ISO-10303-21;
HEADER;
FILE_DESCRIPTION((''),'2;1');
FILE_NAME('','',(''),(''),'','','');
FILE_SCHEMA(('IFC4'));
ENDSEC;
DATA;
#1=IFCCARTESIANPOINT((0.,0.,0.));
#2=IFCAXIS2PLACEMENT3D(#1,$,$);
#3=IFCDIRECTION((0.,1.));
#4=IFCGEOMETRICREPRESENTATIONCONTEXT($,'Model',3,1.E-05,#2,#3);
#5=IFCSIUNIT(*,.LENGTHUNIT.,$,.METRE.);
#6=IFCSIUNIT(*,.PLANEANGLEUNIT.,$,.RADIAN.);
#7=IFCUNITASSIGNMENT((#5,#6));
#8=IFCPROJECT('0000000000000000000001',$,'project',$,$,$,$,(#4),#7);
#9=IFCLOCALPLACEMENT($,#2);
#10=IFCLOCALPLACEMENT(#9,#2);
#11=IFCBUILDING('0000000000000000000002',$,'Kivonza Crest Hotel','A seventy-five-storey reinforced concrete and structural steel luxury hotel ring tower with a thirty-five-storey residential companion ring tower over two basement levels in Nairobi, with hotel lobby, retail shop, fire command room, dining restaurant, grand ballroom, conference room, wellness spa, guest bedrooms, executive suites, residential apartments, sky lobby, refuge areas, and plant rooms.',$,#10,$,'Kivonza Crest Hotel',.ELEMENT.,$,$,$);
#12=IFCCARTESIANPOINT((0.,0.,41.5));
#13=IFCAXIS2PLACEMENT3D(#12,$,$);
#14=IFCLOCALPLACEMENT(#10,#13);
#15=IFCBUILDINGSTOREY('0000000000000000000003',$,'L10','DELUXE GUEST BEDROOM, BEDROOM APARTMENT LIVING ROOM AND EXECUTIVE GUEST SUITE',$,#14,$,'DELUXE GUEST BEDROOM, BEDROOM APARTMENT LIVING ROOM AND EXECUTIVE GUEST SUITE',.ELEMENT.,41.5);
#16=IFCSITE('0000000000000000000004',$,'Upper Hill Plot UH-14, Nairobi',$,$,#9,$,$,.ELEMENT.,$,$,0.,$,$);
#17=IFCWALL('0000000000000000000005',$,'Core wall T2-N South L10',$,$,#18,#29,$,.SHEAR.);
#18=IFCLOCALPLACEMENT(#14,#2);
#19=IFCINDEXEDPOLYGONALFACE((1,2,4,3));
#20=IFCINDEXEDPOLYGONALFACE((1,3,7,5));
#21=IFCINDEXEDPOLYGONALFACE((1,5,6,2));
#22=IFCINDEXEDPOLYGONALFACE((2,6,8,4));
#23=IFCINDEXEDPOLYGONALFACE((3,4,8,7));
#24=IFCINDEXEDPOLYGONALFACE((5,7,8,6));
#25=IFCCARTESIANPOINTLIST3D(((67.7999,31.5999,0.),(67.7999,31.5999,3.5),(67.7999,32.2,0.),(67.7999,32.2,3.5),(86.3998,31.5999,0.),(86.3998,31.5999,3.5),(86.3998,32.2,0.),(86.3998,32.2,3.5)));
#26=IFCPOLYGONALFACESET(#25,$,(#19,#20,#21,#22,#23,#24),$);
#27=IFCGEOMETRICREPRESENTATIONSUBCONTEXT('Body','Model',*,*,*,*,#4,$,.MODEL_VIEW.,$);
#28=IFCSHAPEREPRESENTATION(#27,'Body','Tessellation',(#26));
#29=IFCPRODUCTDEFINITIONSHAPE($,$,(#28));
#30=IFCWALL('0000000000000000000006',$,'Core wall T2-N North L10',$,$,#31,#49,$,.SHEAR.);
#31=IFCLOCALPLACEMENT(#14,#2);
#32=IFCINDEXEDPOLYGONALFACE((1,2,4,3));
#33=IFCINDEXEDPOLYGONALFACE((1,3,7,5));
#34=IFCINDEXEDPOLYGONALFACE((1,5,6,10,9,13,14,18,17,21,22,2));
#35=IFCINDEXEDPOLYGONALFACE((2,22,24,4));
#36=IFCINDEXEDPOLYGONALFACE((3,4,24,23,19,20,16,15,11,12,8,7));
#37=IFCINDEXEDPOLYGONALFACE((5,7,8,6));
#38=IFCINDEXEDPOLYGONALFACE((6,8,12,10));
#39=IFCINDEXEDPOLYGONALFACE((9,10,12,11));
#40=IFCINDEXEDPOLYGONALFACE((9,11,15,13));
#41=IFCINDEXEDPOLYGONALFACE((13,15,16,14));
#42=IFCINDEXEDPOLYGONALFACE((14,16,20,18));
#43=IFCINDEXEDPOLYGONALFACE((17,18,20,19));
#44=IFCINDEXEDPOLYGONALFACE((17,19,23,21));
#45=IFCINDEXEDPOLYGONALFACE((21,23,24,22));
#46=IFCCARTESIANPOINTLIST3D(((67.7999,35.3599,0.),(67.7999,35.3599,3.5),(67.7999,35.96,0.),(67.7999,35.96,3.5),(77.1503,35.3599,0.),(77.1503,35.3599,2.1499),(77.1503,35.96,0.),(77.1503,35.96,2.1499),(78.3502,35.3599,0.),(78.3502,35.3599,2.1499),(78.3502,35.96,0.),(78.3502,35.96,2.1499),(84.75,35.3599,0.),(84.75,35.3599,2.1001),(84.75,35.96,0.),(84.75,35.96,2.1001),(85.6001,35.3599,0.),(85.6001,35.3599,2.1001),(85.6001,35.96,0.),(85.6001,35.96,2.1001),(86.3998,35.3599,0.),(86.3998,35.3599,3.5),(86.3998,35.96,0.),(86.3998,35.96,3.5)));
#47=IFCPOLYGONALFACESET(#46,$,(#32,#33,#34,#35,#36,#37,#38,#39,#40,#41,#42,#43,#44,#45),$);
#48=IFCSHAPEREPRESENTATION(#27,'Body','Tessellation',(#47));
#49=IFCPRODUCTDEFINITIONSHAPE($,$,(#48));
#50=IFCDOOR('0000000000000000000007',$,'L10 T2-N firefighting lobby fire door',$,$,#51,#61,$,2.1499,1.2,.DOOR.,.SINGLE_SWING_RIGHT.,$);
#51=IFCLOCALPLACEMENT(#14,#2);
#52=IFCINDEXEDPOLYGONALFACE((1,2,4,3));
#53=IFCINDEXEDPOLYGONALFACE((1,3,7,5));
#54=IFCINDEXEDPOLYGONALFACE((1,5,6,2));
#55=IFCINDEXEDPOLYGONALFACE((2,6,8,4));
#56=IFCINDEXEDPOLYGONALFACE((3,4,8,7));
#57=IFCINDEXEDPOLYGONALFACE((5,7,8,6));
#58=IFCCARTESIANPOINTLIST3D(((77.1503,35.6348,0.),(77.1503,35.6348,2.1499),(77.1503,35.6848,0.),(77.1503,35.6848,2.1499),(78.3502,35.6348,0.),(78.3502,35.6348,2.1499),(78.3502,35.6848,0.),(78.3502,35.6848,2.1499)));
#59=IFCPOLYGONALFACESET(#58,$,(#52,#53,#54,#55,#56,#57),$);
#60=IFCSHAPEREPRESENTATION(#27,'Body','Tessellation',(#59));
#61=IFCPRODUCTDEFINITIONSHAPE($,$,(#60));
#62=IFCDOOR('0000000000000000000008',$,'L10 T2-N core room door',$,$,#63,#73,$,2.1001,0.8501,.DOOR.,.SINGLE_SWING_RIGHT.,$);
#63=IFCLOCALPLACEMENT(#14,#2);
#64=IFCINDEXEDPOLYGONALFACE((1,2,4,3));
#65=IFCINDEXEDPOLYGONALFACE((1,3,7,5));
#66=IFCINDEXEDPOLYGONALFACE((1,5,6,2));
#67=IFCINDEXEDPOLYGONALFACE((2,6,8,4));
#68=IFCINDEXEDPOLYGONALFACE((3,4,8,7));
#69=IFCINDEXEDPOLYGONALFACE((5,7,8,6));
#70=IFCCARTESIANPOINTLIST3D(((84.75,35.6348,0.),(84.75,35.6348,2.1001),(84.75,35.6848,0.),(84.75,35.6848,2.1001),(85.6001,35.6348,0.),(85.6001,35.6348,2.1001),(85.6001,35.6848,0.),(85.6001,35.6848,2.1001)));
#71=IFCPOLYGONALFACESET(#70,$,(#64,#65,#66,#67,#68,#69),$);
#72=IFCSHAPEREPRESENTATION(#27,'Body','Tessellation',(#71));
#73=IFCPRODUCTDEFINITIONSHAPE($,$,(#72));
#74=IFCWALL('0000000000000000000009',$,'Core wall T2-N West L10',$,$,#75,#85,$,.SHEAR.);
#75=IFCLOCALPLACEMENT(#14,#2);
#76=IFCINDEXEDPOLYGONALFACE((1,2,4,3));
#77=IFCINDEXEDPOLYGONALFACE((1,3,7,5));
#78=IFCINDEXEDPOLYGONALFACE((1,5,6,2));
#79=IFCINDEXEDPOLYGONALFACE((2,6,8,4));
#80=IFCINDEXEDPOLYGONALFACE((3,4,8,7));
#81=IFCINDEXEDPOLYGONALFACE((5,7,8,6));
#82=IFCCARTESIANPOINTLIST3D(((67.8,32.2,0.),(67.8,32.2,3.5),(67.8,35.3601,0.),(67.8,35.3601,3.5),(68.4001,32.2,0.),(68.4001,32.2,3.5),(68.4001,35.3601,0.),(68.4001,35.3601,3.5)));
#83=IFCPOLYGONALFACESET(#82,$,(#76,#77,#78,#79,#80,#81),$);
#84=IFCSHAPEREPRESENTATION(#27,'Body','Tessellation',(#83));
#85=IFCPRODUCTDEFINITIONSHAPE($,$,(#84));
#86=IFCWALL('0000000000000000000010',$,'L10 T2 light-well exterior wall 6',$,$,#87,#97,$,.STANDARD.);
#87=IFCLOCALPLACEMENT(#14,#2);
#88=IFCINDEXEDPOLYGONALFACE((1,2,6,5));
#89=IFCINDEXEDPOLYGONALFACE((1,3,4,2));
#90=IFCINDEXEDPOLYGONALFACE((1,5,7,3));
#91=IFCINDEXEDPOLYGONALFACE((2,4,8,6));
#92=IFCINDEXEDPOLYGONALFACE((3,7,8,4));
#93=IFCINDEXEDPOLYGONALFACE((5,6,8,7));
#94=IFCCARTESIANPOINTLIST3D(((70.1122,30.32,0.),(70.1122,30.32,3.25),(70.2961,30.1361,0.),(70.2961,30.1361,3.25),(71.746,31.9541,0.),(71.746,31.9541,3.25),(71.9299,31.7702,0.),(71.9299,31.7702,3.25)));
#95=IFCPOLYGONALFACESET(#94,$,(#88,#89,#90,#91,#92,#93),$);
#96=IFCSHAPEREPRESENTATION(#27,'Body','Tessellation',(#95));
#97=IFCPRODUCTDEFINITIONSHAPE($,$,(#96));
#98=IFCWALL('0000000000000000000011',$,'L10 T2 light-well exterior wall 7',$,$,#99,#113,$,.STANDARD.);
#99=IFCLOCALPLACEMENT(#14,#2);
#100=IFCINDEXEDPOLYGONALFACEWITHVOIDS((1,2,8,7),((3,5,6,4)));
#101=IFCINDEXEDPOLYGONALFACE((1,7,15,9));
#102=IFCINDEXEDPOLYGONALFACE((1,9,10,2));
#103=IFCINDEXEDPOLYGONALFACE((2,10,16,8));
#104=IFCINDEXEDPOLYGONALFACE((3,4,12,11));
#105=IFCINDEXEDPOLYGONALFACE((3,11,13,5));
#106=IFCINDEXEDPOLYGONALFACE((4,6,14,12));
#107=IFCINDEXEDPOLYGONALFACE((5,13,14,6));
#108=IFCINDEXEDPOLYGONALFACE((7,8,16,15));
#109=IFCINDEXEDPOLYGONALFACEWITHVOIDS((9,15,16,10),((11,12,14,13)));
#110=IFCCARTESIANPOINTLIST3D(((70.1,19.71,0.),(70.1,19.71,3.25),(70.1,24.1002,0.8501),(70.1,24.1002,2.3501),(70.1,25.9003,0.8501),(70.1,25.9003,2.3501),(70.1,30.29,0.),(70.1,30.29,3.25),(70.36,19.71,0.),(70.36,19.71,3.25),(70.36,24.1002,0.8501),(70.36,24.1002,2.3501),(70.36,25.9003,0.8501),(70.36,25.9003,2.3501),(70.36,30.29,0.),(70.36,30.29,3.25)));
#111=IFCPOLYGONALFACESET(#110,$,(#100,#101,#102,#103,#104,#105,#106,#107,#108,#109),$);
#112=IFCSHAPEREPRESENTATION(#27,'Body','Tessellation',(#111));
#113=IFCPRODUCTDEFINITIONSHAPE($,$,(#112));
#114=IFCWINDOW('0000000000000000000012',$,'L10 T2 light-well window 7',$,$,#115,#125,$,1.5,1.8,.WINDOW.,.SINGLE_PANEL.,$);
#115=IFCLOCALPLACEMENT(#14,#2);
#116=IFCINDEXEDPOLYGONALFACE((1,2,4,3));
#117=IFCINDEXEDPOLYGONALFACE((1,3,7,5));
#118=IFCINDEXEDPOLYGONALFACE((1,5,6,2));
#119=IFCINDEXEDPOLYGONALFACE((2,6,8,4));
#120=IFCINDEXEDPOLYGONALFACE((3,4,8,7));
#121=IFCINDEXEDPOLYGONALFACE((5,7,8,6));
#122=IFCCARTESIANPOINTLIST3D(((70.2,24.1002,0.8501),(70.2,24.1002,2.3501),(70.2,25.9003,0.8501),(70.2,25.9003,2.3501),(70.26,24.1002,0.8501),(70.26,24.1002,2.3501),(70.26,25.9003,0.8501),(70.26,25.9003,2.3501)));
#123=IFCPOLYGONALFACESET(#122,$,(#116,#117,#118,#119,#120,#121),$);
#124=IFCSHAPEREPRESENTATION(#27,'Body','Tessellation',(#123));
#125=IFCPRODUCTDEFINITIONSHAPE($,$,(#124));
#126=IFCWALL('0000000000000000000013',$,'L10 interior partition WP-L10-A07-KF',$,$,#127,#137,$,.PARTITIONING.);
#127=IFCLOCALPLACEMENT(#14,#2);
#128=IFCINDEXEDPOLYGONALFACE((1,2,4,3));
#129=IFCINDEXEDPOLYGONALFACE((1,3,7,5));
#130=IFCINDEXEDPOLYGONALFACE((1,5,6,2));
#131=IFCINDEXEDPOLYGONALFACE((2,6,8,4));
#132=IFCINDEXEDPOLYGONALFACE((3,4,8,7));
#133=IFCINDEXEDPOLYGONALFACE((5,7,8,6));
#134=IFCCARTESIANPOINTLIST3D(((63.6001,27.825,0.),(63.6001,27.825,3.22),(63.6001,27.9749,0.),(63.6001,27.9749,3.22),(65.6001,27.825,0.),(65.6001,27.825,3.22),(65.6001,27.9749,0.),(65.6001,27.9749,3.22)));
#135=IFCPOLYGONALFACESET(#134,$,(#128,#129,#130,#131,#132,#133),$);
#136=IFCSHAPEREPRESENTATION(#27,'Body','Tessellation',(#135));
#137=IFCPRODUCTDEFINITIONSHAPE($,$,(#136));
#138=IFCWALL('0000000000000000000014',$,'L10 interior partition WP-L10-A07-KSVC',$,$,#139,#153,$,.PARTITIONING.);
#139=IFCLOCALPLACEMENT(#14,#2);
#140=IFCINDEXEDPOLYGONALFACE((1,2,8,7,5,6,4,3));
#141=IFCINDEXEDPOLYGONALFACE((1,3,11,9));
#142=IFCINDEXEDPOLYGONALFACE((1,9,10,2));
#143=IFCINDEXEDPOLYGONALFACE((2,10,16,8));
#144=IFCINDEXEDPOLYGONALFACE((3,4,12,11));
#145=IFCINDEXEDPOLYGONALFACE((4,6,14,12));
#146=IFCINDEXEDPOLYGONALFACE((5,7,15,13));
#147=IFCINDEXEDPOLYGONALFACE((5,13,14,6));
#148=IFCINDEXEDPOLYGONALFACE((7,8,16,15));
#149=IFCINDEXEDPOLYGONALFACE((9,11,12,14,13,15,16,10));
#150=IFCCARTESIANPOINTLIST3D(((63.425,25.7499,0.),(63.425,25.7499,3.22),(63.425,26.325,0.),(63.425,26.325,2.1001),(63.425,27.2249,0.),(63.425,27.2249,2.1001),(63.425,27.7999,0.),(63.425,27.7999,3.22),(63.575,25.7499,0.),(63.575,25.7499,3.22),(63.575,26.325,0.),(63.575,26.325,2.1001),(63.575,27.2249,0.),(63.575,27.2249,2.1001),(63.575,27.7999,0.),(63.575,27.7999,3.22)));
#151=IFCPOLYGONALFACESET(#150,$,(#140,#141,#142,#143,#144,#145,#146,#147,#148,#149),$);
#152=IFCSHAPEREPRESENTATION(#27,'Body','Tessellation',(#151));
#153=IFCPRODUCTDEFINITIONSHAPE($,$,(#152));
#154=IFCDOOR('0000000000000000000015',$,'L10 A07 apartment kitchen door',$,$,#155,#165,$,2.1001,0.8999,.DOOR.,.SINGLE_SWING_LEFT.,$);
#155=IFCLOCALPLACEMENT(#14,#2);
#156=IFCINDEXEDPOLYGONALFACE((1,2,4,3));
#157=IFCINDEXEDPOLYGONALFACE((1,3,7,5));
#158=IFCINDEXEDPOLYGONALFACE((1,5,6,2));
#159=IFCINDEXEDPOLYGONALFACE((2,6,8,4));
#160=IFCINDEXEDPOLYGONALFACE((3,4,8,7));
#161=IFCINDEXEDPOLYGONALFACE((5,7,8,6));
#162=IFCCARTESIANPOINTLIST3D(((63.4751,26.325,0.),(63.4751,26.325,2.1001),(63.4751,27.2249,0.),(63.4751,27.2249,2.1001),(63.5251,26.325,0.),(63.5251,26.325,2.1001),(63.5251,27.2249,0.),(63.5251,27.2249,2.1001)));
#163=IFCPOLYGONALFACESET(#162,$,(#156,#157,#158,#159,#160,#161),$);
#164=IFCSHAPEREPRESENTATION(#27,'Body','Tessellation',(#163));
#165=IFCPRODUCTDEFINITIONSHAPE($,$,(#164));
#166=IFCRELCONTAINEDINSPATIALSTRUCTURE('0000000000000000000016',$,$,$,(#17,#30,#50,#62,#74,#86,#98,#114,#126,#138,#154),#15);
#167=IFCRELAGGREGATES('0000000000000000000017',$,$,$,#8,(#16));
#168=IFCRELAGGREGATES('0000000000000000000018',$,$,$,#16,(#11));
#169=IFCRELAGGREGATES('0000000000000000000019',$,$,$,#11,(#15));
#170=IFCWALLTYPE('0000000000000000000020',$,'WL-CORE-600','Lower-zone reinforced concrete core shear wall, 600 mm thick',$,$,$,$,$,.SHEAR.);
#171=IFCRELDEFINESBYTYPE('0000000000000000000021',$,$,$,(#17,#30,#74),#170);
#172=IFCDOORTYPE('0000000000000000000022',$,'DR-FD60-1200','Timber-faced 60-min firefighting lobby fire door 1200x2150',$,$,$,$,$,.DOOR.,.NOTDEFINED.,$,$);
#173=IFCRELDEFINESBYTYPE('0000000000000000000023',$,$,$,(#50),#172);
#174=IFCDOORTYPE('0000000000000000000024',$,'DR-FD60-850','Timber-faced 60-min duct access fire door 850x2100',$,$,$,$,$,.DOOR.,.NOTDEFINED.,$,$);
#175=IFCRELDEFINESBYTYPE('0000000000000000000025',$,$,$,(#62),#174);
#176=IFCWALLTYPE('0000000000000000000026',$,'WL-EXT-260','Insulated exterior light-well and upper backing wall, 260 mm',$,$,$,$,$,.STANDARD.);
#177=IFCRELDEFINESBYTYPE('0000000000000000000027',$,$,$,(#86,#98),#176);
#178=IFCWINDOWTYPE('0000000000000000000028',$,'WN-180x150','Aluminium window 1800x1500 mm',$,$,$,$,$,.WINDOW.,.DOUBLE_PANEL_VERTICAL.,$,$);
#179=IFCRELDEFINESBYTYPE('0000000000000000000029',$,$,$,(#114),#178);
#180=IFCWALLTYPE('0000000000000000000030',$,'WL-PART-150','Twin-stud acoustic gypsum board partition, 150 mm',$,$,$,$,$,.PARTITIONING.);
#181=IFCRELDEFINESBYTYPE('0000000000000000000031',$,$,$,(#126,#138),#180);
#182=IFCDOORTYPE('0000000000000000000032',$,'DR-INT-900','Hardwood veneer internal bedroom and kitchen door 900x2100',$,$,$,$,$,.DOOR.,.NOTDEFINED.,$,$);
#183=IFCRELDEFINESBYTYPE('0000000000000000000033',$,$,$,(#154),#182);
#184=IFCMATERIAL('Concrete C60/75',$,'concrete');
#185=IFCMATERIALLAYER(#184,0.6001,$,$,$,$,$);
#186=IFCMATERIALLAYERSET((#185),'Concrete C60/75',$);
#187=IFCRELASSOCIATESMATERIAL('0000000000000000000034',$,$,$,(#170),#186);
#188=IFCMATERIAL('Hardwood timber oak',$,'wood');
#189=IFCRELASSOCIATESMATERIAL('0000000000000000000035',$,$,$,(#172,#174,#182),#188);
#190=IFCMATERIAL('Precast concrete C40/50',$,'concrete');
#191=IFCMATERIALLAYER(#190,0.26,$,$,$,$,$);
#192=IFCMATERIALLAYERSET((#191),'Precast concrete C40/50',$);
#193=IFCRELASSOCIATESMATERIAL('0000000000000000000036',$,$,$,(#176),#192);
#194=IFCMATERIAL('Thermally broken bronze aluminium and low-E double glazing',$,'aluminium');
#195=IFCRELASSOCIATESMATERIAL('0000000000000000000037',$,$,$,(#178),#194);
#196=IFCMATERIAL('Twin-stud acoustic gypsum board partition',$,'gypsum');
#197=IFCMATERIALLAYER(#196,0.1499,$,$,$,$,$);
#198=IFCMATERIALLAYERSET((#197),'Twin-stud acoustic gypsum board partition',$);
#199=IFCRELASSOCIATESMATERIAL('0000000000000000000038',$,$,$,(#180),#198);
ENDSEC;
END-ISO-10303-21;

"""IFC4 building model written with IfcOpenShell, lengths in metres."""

from ifc_helpers import new_model, si_unit, direction, frame, frame_2d, origin, place, context, subcontext, project, spatial, rectangle, extrude, material, layer, layer_set, type_object, element, fill, save


model = new_model("IFC4")

# Units and contexts
model_context = context("Model", 3, precision=1e-05, world=origin(), true_north=direction((0.0, 1.0)))
body_context = subcontext(model_context, "Body", "Model", "MODEL_VIEW")
ifc_project = project(units=[si_unit("LENGTHUNIT", "METRE"), si_unit("PLANEANGLEUNIT", "RADIAN")], contexts=[model_context])

# Site, building, storey
site_placement = place(None, origin())
site = spatial("IfcSite", under=ifc_project, at=site_placement, Name="Upper Hill Plot UH-14, Nairobi", CompositionType="ELEMENT", RefElevation=0.0)
building_placement = place(site_placement, origin())
building = spatial("IfcBuilding", under=site, at=building_placement, Name="Kivonza Crest Hotel", Description="A seventy-five-storey reinforced concrete and structural steel luxury hotel ring tower with a thirty-five-storey residential companion ring tower over two basement levels in Nairobi, with hotel lobby, retail shop, fire command room, dining restaurant, grand ballroom, conference room, wellness spa, guest bedrooms, executive suites, residential apartments, sky lobby, refuge areas, and plant rooms.", LongName="Kivonza Crest Hotel", CompositionType="ELEMENT")
storey_placement = place(building_placement, frame((0.0, 0.0, 41.5)))
storey = spatial("IfcBuildingStorey", under=building, at=storey_placement, Name="L10", Description="DELUXE GUEST BEDROOM, BEDROOM APARTMENT LIVING ROOM AND EXECUTIVE GUEST SUITE", LongName="DELUXE GUEST BEDROOM, BEDROOM APARTMENT LIVING ROOM AND EXECUTIVE GUEST SUITE", CompositionType="ELEMENT", Elevation=41.5)

# Shared definitions
ifc_material_1 = material(Name="Hardwood timber oak", Category="wood")

# Wall
ifc_material_2 = material(Name="Concrete C60/75", Category="concrete")
ifc_layer_1 = layer(ifc_material_2, 0.6001)
ifc_layer_set_1 = layer_set([ifc_layer_1], Name="Concrete C60/75")
wall_type_1 = type_object("IfcWallType", Name="WL-CORE-600", Description="Lower-zone reinforced concrete core shear wall, 600 mm thick", PredefinedType="SHEAR", material=ifc_layer_set_1)
wall_1_placement = place(storey_placement, frame((67.8, 31.8999, 0.0), z_axis=(0.0, 0.0, 1.0), x_axis=(1.0, 0.0, 0.0)))
element("IfcWall", 1, at=wall_1_placement, inside=storey, type_object=wall_type_1, Name="Core wall T2-N South L10", PredefinedType="SHEAR", context=body_context, shape_type="SweptSolid", body=[
    extrude(rectangle(XDim=18.5999, YDim=0.6001, at=frame_2d((9.2998, 0.0))), origin(), (0.0, 0.0, 1.0), 3.5),
])

# Wall, openings, doors
wall_2_placement = place(storey_placement, frame((67.8, 35.6599, 0.0), z_axis=(0.0, 0.0, 1.0), x_axis=(1.0, 0.0, 0.0)))
wall_2 = element("IfcWall", 2, at=wall_2_placement, inside=storey, type_object=wall_type_1, Name="Core wall T2-N North L10", PredefinedType="SHEAR", context=body_context, shape_type="SweptSolid", body=[
    extrude(rectangle(XDim=18.5999, YDim=0.6001, at=frame_2d((9.2998, 0.0))), origin(), (0.0, 0.0, 1.0), 3.5),
])
opening_1_placement = place(wall_2_placement, frame((9.3501, 0.0, 0.0)))
opening_1 = element("IfcOpeningElement", 3, at=opening_1_placement, cuts=wall_2, PredefinedType="OPENING", context=body_context, shape_type="SweptSolid", body=[
    extrude(rectangle(XDim=1.2, YDim=2.1499, at=frame_2d((0.6001, 1.075))), frame((0.0, 0.3101, 0.0), z_axis=(0.0, -1.0, 0.0), x_axis=(1.0, 0.0, 0.0)), (0.0, 0.0, 1.0), 0.6201),
])
opening_2_placement = place(wall_2_placement, frame((16.95, 0.0, 0.0)))
opening_2 = element("IfcOpeningElement", 4, at=opening_2_placement, cuts=wall_2, PredefinedType="OPENING", context=body_context, shape_type="SweptSolid", body=[
    extrude(rectangle(XDim=0.8501, YDim=2.1001, at=frame_2d((0.425, 1.05))), frame((0.0, 0.3101, 0.0), z_axis=(0.0, -1.0, 0.0), x_axis=(1.0, 0.0, 0.0)), (0.0, 0.0, 1.0), 0.6201),
])
door_type_1 = type_object("IfcDoorType", Name="DR-FD60-1200", Description="Timber-faced 60-min firefighting lobby fire door 1200x2150", OperationType="NOTDEFINED", PredefinedType="DOOR", material=ifc_material_1)
door_1_placement = place(opening_1_placement, origin())
door_1 = element("IfcDoor", 5, at=door_1_placement, inside=storey, type_object=door_type_1, Name="L10 T2-N firefighting lobby fire door", OperationType="SINGLE_SWING_RIGHT", OverallHeight=2.1499, OverallWidth=1.2, PredefinedType="DOOR", context=body_context, shape_type="SweptSolid", body=[
    extrude(rectangle(XDim=1.2, YDim=2.1499, at=frame_2d((0.6001, 1.075))), frame((0.0, 0.0249, 0.0), z_axis=(0.0, -1.0, 0.0), x_axis=(1.0, 0.0, 0.0)), (0.0, 0.0, 1.0), 0.05),
])
fill(opening_1, door_1)
door_type_2 = type_object("IfcDoorType", Name="DR-FD60-850", Description="Timber-faced 60-min duct access fire door 850x2100", OperationType="NOTDEFINED", PredefinedType="DOOR", material=ifc_material_1)
door_2_placement = place(opening_2_placement, origin())
door_2 = element("IfcDoor", 6, at=door_2_placement, inside=storey, type_object=door_type_2, Name="L10 T2-N core room door", OperationType="SINGLE_SWING_RIGHT", OverallHeight=2.1001, OverallWidth=0.8501, PredefinedType="DOOR", context=body_context, shape_type="SweptSolid", body=[
    extrude(rectangle(XDim=0.8501, YDim=2.1001, at=frame_2d((0.425, 1.05))), frame((0.0, 0.0249, 0.0), z_axis=(0.0, -1.0, 0.0), x_axis=(1.0, 0.0, 0.0)), (0.0, 0.0, 1.0), 0.05),
])
fill(opening_2, door_2)

# Walls
wall_3_placement = place(storey_placement, frame((68.1001, 32.2, 0.0), z_axis=(0.0, 0.0, 1.0), x_axis=(0.0, 1.0, 0.0)))
element("IfcWall", 7, at=wall_3_placement, inside=storey, type_object=wall_type_1, Name="Core wall T2-N West L10", PredefinedType="SHEAR", context=body_context, shape_type="SweptSolid", body=[
    extrude(rectangle(XDim=3.1602, YDim=0.6001, at=frame_2d((1.5801, 0.0))), origin(), (0.0, 0.0, 1.0), 3.5),
])
ifc_material_3 = material(Name="Precast concrete C40/50", Category="concrete")
ifc_layer_2 = layer(ifc_material_3, 0.26)
ifc_layer_set_2 = layer_set([ifc_layer_2], Name="Precast concrete C40/50")
wall_type_2 = type_object("IfcWallType", Name="WL-EXT-260", Description="Insulated exterior light-well and upper backing wall, 260 mm", PredefinedType="STANDARD", material=ifc_layer_set_2)
wall_4_placement = place(storey_placement, frame((71.8379, 31.8621, 0.0), z_axis=(0.0, 0.0, 1.0), x_axis=(-0.707054, -0.70716, 0.0)))
element("IfcWall", 8, at=wall_4_placement, inside=storey, type_object=wall_type_2, Name="L10 T2 light-well exterior wall 6", PredefinedType="STANDARD", context=body_context, shape_type="SweptSolid", body=[
    extrude(rectangle(XDim=2.3108, YDim=0.26, at=frame_2d((1.1553, 0.0))), origin(), (0.0, 0.0, 1.0), 3.25),
])

# Wall, opening, window
wall_5_placement = place(storey_placement, frame((70.23, 30.29, 0.0), z_axis=(0.0, 0.0, 1.0), x_axis=(0.0, -1.0, 0.0)))
wall_5 = element("IfcWall", 9, at=wall_5_placement, inside=storey, type_object=wall_type_2, Name="L10 T2 light-well exterior wall 7", PredefinedType="STANDARD", context=body_context, shape_type="SweptSolid", body=[
    extrude(rectangle(XDim=10.5801, YDim=0.26, at=frame_2d((5.29, 0.0))), origin(), (0.0, 0.0, 1.0), 3.25),
])
opening_3_placement = place(wall_5_placement, frame((4.3899, 0.0, 0.8501)))
opening_3 = element("IfcOpeningElement", 10, at=opening_3_placement, cuts=wall_5, PredefinedType="OPENING", context=body_context, shape_type="SweptSolid", body=[
    extrude(rectangle(XDim=1.8, YDim=1.5, at=frame_2d((0.8999, 0.75))), frame((0.0, 0.1401, 0.0), z_axis=(0.0, -1.0, 0.0), x_axis=(1.0, 0.0, 0.0)), (0.0, 0.0, 1.0), 0.28),
])
ifc_material_4 = material(Name="Thermally broken bronze aluminium and low-E double glazing", Category="aluminium")
window_type = type_object("IfcWindowType", Name="WN-180x150", Description="Aluminium window 1800x1500 mm", PartitioningType="DOUBLE_PANEL_VERTICAL", PredefinedType="WINDOW", material=ifc_material_4)
window_placement = place(opening_3_placement, origin())
window = element("IfcWindow", 11, at=window_placement, inside=storey, type_object=window_type, Name="L10 T2 light-well window 7", OverallHeight=1.5, OverallWidth=1.8, PartitioningType="SINGLE_PANEL", PredefinedType="WINDOW", context=body_context, shape_type="SweptSolid", body=[
    extrude(rectangle(XDim=1.8, YDim=1.5, at=frame_2d((0.8999, 0.75))), frame((0.0, 0.03, 0.0), z_axis=(0.0, -1.0, 0.0), x_axis=(1.0, 0.0, 0.0)), (0.0, 0.0, 1.0), 0.0601),
])
fill(opening_3, window)

# Wall
ifc_material_5 = material(Name="Twin-stud acoustic gypsum board partition", Category="gypsum")
ifc_layer_3 = layer(ifc_material_5, 0.1499)
ifc_layer_set_3 = layer_set([ifc_layer_3], Name="Twin-stud acoustic gypsum board partition")
wall_type_3 = type_object("IfcWallType", Name="WL-PART-150", Description="Twin-stud acoustic gypsum board partition, 150 mm", PredefinedType="PARTITIONING", material=ifc_layer_set_3)
wall_6_placement = place(storey_placement, frame((63.6001, 27.8999, 0.0), z_axis=(0.0, 0.0, 1.0), x_axis=(1.0, 0.0, 0.0)))
element("IfcWall", 12, at=wall_6_placement, inside=storey, type_object=wall_type_3, Name="L10 interior partition WP-L10-A07-KF", PredefinedType="PARTITIONING", context=body_context, shape_type="SweptSolid", body=[
    extrude(rectangle(XDim=2.0, YDim=0.1499, at=frame_2d((1.0, 0.0))), origin(), (0.0, 0.0, 1.0), 3.22),
])

# Wall, opening, door
wall_7_placement = place(storey_placement, frame((63.5, 25.75, 0.0), z_axis=(0.0, 0.0, 1.0), x_axis=(0.0, 1.0, 0.0)))
wall_7 = element("IfcWall", 13, at=wall_7_placement, inside=storey, type_object=wall_type_3, Name="L10 interior partition WP-L10-A07-KSVC", PredefinedType="PARTITIONING", context=body_context, shape_type="SweptSolid", body=[
    extrude(rectangle(XDim=2.05, YDim=0.1499, at=frame_2d((1.0249, 0.0))), origin(), (0.0, 0.0, 1.0), 3.22),
])
opening_4_placement = place(wall_7_placement, frame((0.575, 0.0, 0.0)))
opening_4 = element("IfcOpeningElement", 14, at=opening_4_placement, cuts=wall_7, PredefinedType="OPENING", context=body_context, shape_type="SweptSolid", body=[
    extrude(rectangle(XDim=0.8999, YDim=2.1001, at=frame_2d((0.45, 1.05))), frame((0.0, 0.085, 0.0), z_axis=(0.0, -1.0, 0.0), x_axis=(1.0, 0.0, 0.0)), (0.0, 0.0, 1.0), 0.1699),
])
door_type_3 = type_object("IfcDoorType", Name="DR-INT-900", Description="Hardwood veneer internal bedroom and kitchen door 900x2100", OperationType="NOTDEFINED", PredefinedType="DOOR", material=ifc_material_1)
door_3_placement = place(opening_4_placement, origin())
door_3 = element("IfcDoor", 15, at=door_3_placement, inside=storey, type_object=door_type_3, Name="L10 A07 apartment kitchen door", OperationType="SINGLE_SWING_LEFT", OverallHeight=2.1001, OverallWidth=0.8999, PredefinedType="DOOR", context=body_context, shape_type="SweptSolid", body=[
    extrude(rectangle(XDim=0.8999, YDim=2.1001, at=frame_2d((0.45, 1.05))), frame((0.0, 0.0249, 0.0), z_axis=(0.0, -1.0, 0.0), x_axis=(1.0, 0.0, 0.0)), (0.0, 0.0, 1.0), 0.05),
])
fill(opening_4, door_3)

save(model, "model.ifc")
